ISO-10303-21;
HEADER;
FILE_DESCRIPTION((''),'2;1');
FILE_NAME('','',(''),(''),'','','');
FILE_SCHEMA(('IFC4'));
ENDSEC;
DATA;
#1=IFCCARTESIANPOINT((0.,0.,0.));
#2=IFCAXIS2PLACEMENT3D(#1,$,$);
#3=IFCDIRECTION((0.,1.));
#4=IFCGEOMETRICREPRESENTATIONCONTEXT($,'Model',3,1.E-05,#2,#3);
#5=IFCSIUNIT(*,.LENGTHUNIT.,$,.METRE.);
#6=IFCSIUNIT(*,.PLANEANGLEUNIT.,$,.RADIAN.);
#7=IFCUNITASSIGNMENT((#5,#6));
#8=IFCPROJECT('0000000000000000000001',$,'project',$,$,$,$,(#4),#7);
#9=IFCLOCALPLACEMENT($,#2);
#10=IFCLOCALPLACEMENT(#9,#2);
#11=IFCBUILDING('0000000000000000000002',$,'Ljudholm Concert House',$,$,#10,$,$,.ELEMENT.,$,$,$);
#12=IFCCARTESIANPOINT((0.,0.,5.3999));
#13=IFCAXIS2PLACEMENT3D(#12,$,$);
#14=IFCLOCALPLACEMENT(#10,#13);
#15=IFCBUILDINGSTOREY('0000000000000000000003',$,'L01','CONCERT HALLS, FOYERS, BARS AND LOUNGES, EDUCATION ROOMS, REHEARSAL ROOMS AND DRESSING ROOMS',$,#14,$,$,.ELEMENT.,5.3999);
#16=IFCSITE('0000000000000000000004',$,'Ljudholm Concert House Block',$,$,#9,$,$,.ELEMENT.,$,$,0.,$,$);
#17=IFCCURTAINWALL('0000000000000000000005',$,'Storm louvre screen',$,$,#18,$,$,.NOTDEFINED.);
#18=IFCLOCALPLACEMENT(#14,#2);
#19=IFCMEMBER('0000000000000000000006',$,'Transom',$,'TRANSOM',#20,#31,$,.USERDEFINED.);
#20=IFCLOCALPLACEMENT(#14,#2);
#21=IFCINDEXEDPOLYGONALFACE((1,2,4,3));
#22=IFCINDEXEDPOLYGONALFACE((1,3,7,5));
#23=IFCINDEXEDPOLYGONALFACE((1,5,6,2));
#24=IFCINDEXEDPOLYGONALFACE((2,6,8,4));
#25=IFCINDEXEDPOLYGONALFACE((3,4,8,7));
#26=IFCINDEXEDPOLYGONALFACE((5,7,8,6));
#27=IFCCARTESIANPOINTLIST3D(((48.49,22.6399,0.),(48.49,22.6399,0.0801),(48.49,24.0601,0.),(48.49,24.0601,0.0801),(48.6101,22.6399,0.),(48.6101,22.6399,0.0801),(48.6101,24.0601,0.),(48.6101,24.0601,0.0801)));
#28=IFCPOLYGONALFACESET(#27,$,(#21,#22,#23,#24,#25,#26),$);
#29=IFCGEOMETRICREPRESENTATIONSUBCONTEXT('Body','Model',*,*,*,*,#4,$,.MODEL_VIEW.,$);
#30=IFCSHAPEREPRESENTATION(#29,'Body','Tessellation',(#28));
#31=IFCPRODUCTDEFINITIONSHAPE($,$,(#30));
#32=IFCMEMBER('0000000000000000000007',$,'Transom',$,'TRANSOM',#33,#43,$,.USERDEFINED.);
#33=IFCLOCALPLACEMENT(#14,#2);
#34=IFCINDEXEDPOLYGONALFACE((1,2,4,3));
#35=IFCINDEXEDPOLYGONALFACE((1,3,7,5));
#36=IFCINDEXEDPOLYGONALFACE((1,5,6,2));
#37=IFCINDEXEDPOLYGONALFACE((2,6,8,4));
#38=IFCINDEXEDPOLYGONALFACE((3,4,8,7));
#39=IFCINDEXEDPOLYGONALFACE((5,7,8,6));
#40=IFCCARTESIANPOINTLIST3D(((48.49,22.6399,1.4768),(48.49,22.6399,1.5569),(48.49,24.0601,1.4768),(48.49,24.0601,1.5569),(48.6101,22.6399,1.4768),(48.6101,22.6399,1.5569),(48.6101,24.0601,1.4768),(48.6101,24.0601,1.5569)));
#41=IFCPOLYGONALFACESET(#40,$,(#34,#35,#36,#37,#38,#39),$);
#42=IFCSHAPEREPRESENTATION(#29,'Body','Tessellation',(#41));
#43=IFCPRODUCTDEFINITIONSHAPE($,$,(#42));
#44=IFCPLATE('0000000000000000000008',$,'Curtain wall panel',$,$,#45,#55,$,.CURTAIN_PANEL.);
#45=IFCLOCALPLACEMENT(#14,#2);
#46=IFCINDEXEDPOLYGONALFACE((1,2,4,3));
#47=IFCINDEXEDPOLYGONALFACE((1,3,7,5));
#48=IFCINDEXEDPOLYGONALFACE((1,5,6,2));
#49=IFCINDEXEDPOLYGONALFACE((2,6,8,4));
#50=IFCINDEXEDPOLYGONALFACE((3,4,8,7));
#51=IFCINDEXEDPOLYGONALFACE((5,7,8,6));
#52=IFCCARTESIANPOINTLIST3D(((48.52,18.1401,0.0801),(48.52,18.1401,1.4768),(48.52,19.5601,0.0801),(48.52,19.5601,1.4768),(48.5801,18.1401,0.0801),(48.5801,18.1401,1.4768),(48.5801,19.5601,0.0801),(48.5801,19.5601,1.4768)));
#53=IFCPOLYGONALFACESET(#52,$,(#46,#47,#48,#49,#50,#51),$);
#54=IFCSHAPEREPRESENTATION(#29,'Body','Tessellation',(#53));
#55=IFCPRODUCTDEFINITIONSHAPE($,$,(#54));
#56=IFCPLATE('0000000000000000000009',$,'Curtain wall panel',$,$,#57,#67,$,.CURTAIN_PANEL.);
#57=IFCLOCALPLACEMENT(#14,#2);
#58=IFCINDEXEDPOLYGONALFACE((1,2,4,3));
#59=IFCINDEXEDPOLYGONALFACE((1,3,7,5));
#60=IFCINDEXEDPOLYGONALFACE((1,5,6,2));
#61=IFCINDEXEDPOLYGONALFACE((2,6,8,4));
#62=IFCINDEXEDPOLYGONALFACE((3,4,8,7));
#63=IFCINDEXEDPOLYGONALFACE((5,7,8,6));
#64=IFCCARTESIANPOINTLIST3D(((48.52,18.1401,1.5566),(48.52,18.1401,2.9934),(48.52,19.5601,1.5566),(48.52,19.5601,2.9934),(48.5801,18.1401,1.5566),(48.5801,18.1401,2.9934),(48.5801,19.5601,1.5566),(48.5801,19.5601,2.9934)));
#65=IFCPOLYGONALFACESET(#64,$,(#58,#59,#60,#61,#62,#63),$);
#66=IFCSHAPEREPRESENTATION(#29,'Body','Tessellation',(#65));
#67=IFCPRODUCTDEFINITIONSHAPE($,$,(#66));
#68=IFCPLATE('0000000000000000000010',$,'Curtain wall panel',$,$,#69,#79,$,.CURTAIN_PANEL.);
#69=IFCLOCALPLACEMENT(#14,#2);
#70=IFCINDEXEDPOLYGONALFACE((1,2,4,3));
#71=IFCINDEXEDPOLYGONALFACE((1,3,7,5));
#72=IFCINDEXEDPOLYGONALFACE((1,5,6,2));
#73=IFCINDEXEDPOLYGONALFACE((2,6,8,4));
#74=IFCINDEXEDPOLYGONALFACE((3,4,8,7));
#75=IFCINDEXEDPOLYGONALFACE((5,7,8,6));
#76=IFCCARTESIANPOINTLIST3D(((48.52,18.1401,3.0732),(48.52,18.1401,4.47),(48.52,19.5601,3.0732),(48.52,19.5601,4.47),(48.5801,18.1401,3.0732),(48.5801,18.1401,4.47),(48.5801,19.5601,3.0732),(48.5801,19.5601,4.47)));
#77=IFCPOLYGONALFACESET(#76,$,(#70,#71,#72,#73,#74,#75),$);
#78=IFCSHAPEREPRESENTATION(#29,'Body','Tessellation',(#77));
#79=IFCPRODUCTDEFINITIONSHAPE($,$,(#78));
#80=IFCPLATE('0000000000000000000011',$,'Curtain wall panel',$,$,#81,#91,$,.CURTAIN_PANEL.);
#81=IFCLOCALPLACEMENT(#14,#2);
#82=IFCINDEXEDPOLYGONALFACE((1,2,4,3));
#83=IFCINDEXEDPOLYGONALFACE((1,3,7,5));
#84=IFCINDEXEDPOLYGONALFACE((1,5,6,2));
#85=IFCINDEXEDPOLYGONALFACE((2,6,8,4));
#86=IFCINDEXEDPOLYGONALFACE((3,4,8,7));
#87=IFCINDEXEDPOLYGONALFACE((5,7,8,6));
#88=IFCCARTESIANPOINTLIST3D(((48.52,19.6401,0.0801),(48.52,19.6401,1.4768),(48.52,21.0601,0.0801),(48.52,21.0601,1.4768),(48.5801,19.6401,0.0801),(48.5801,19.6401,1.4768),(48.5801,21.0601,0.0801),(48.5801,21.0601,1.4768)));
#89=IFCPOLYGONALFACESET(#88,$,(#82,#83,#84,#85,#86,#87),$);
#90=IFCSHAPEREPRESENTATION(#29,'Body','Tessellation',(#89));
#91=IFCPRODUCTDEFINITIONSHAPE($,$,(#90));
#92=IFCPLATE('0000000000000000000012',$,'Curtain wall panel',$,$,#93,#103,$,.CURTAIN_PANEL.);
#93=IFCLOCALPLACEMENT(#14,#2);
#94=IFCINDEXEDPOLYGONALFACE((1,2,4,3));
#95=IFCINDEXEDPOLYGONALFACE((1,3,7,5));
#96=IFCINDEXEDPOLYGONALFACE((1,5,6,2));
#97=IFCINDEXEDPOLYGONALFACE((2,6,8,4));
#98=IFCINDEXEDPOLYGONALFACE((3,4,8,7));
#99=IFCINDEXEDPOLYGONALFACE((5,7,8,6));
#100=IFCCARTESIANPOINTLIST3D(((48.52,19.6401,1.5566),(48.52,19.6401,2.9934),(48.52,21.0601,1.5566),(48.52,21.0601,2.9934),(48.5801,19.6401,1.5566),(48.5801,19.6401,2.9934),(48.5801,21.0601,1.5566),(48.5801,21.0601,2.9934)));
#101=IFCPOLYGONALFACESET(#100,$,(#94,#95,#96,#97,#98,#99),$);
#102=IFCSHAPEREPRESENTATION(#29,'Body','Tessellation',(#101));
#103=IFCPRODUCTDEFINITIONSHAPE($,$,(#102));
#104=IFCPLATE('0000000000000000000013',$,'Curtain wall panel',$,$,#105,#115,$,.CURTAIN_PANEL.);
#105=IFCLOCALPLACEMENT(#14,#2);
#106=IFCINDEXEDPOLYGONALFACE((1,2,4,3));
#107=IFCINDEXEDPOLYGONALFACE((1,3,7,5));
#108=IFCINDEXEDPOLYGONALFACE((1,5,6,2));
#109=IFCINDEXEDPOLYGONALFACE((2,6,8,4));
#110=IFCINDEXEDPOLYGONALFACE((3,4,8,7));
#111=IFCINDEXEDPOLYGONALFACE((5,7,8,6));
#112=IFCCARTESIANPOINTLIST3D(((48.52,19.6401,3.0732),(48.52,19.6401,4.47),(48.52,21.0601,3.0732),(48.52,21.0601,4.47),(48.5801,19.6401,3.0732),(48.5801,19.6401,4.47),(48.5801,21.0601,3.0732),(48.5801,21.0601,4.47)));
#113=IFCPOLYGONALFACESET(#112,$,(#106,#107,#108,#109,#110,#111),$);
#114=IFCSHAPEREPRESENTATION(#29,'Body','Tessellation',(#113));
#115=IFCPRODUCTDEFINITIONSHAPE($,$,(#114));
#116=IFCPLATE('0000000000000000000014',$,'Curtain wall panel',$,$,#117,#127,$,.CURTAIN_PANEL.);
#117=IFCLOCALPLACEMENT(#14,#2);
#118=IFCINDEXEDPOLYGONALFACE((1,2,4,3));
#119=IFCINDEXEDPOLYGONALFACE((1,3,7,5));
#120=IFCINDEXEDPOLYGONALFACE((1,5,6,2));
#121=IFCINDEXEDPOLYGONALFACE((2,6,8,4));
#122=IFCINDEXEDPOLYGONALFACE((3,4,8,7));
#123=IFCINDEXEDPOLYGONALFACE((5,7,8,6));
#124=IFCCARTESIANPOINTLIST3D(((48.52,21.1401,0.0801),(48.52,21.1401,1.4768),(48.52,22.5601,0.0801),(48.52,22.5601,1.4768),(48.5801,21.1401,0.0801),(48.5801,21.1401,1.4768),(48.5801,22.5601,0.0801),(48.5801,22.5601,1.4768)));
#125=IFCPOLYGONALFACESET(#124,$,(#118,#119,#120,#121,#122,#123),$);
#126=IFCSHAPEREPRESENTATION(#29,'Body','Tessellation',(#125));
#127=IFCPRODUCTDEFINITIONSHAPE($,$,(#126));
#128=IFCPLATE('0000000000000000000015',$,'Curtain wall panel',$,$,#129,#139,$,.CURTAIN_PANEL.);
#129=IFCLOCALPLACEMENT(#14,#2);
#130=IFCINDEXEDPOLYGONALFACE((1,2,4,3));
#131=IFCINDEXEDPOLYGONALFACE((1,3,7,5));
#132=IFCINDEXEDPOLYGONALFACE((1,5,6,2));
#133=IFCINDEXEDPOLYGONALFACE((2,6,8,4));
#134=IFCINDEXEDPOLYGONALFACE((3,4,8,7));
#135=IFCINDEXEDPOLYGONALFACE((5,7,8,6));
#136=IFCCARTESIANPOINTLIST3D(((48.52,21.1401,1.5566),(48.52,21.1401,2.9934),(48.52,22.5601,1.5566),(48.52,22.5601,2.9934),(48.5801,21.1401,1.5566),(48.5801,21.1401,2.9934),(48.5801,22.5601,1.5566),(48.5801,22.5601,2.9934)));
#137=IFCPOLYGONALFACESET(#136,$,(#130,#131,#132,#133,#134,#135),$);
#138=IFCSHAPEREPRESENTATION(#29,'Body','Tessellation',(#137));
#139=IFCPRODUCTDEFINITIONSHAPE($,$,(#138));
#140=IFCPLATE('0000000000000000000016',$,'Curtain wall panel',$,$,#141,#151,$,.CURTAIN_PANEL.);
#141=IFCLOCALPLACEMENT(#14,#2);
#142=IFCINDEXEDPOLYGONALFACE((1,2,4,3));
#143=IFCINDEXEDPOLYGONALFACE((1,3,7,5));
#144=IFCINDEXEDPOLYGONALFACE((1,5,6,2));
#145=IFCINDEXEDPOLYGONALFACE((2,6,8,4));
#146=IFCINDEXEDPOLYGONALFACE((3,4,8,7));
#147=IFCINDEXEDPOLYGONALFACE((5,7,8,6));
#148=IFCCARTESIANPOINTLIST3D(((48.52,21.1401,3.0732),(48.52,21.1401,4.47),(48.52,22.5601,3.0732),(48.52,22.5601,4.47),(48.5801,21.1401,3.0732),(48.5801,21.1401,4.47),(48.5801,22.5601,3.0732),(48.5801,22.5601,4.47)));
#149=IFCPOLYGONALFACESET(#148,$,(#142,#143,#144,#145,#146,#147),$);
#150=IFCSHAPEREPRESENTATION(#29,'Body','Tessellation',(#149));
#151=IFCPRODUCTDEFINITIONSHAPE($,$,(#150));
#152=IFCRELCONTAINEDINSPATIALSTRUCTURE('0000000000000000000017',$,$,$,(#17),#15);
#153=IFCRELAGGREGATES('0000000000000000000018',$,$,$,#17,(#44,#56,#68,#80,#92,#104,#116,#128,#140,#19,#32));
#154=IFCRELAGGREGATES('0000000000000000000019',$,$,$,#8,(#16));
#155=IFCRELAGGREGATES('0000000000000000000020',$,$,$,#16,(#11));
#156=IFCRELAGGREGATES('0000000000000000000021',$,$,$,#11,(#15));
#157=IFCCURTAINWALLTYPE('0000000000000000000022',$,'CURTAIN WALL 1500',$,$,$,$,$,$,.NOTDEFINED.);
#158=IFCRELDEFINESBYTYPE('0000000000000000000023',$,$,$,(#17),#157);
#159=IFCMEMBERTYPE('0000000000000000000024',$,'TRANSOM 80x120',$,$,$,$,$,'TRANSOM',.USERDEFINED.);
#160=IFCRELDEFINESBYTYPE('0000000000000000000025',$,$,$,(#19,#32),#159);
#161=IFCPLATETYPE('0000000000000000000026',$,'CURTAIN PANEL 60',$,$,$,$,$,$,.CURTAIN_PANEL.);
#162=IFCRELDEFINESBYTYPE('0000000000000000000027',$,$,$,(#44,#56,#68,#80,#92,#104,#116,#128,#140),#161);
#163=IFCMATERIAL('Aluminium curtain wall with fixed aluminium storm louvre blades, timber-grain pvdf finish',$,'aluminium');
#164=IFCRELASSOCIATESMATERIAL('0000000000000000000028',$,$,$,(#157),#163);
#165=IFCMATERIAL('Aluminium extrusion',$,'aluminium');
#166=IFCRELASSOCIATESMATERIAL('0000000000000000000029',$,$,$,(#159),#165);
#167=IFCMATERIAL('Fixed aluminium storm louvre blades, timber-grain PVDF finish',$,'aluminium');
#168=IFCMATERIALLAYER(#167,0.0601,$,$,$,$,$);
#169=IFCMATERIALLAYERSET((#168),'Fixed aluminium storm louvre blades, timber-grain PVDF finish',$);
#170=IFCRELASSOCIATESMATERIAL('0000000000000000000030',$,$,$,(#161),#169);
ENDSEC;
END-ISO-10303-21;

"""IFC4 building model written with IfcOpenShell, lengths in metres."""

from ifc_helpers import new_model, si_unit, direction, frame, origin, origin_2d, place, context, subcontext, project, spatial, rectangle, extrude, material, layer, layer_set, material_profile, profile_set, type_object, element, aggregate, save


model = new_model("IFC4")

# Units and contexts
model_context = context("Model", 3, precision=1e-05, world=origin(), true_north=direction((0.0, 1.0)))
body_context = subcontext(model_context, "Body", "Model", "MODEL_VIEW")
ifc_project = project(units=[si_unit("LENGTHUNIT", "METRE"), si_unit("PLANEANGLEUNIT", "RADIAN")], contexts=[model_context])

# Site, building, storey
site_placement = place(None, origin())
site = spatial("IfcSite", under=ifc_project, at=site_placement, Name="Ljudholm Concert House Block", CompositionType="ELEMENT", RefElevation=0.0)
building_placement = place(site_placement, origin())
building = spatial("IfcBuilding", under=site, at=building_placement, Name="Ljudholm Concert House", CompositionType="ELEMENT")
storey_placement = place(building_placement, frame((0.0, 0.0, 5.3999)))
storey = spatial("IfcBuildingStorey", under=building, at=storey_placement, Name="L01", Description="CONCERT HALLS, FOYERS, BARS AND LOUNGES, EDUCATION ROOMS, REHEARSAL ROOMS AND DRESSING ROOMS", CompositionType="ELEMENT", Elevation=5.3999)

# Curtain wall, members, plates
ifc_material_1 = material(Name="Aluminium curtain wall with fixed aluminium storm louvre blades, timber-grain pvdf finish", Category="aluminium")
curtain_wall_type = type_object("IfcCurtainWallType", Name="CURTAIN WALL 1500", PredefinedType="NOTDEFINED", material=ifc_material_1)
curtain_wall_placement = place(storey_placement, origin())
curtain_wall = element("IfcCurtainWall", 1, at=curtain_wall_placement, inside=storey, type_object=curtain_wall_type, Name="Storm louvre screen", PredefinedType="NOTDEFINED")
ifc_material_2 = material(Name="Aluminium extrusion", Category="aluminium")
ifc_material_profile_1 = material_profile(ifc_material_2, rectangle(XDim=0.1201, YDim=0.0801, at=origin_2d()), Name="TRANSOM 80x120")
ifc_profile_set_1 = profile_set([ifc_material_profile_1], Name="Aluminium extrusion")
member_type_1 = type_object("IfcMemberType", Name="TRANSOM 80x120", ElementType="TRANSOM", PredefinedType="USERDEFINED", material=ifc_profile_set_1)
member_1_placement = place(storey_placement, frame((48.55, 22.6399, 0.04), z_axis=(0.0, 1.0, 0.0), x_axis=(-1.0, 0.0, 0.0)))
member_1 = element("IfcMember", 2, at=member_1_placement, type_object=member_type_1, Name="Transom", ObjectType="TRANSOM", PredefinedType="USERDEFINED", context=body_context, shape_type="SweptSolid", body=[
    extrude(rectangle(XDim=0.1201, YDim=0.0801, at=origin_2d()), origin(), (0.0, 0.0, 1.0), 1.4202),
])
member_2_placement = place(storey_placement, frame((48.55, 22.6399, 1.5168), z_axis=(0.0, 1.0, 0.0), x_axis=(-1.0, 0.0, 0.0)))
member_2 = element("IfcMember", 3, at=member_2_placement, type_object=member_type_1, Name="Transom", ObjectType="TRANSOM", PredefinedType="USERDEFINED", context=body_context, shape_type="SweptSolid", body=[
    extrude(rectangle(XDim=0.1201, YDim=0.0801, at=origin_2d()), origin(), (0.0, 0.0, 1.0), 1.4202),
])
ifc_material_3 = material(Name="Fixed aluminium storm louvre blades, timber-grain PVDF finish", Category="aluminium")
ifc_layer = layer(ifc_material_3, 0.0601)
ifc_layer_set = layer_set([ifc_layer], Name="Fixed aluminium storm louvre blades, timber-grain PVDF finish")
plate_type = type_object("IfcPlateType", Name="CURTAIN PANEL 60", PredefinedType="CURTAIN_PANEL", material=ifc_layer_set)
plate_1_placement = place(storey_placement, frame((48.55, 18.8501, 0.0801), z_axis=(0.0, 0.0, 1.0), x_axis=(0.0, 1.0, 0.0)))
plate_1 = element("IfcPlate", 4, at=plate_1_placement, type_object=plate_type, Name="Curtain wall panel", PredefinedType="CURTAIN_PANEL", context=body_context, shape_type="SweptSolid", body=[
    extrude(rectangle(XDim=1.4199, YDim=0.0601, at=origin_2d()), origin(), (0.0, 0.0, 1.0), 1.3967),
])
plate_2_placement = place(storey_placement, frame((48.55, 18.8501, 1.5566), z_axis=(0.0, 0.0, 1.0), x_axis=(0.0, 1.0, 0.0)))
plate_2 = element("IfcPlate", 5, at=plate_2_placement, type_object=plate_type, Name="Curtain wall panel", PredefinedType="CURTAIN_PANEL", context=body_context, shape_type="SweptSolid", body=[
    extrude(rectangle(XDim=1.4199, YDim=0.0601, at=origin_2d()), origin(), (0.0, 0.0, 1.0), 1.4368),
])
plate_3_placement = place(storey_placement, frame((48.55, 18.8501, 3.0732), z_axis=(0.0, 0.0, 1.0), x_axis=(0.0, 1.0, 0.0)))
plate_3 = element("IfcPlate", 6, at=plate_3_placement, type_object=plate_type, Name="Curtain wall panel", PredefinedType="CURTAIN_PANEL", context=body_context, shape_type="SweptSolid", body=[
    extrude(rectangle(XDim=1.4199, YDim=0.0601, at=origin_2d()), origin(), (0.0, 0.0, 1.0), 1.3967),
])
plate_4_placement = place(storey_placement, frame((48.55, 20.3501, 0.0801), z_axis=(0.0, 0.0, 1.0), x_axis=(0.0, 1.0, 0.0)))
plate_4 = element("IfcPlate", 7, at=plate_4_placement, type_object=plate_type, Name="Curtain wall panel", PredefinedType="CURTAIN_PANEL", context=body_context, shape_type="SweptSolid", body=[
    extrude(rectangle(XDim=1.4199, YDim=0.0601, at=origin_2d()), origin(), (0.0, 0.0, 1.0), 1.3967),
])
plate_5_placement = place(storey_placement, frame((48.55, 20.3501, 1.5566), z_axis=(0.0, 0.0, 1.0), x_axis=(0.0, 1.0, 0.0)))
plate_5 = element("IfcPlate", 8, at=plate_5_placement, type_object=plate_type, Name="Curtain wall panel", PredefinedType="CURTAIN_PANEL", context=body_context, shape_type="SweptSolid", body=[
    extrude(rectangle(XDim=1.4199, YDim=0.0601, at=origin_2d()), origin(), (0.0, 0.0, 1.0), 1.4368),
])
plate_6_placement = place(storey_placement, frame((48.55, 20.3501, 3.0732), z_axis=(0.0, 0.0, 1.0), x_axis=(0.0, 1.0, 0.0)))
plate_6 = element("IfcPlate", 9, at=plate_6_placement, type_object=plate_type, Name="Curtain wall panel", PredefinedType="CURTAIN_PANEL", context=body_context, shape_type="SweptSolid", body=[
    extrude(rectangle(XDim=1.4199, YDim=0.0601, at=origin_2d()), origin(), (0.0, 0.0, 1.0), 1.3967),
])
plate_7_placement = place(storey_placement, frame((48.55, 21.8501, 0.0801), z_axis=(0.0, 0.0, 1.0), x_axis=(0.0, 1.0, 0.0)))
plate_7 = element("IfcPlate", 10, at=plate_7_placement, type_object=plate_type, Name="Curtain wall panel", PredefinedType="CURTAIN_PANEL", context=body_context, shape_type="SweptSolid", body=[
    extrude(rectangle(XDim=1.4199, YDim=0.0601, at=origin_2d()), origin(), (0.0, 0.0, 1.0), 1.3967),
])
plate_8_placement = place(storey_placement, frame((48.55, 21.8501, 1.5566), z_axis=(0.0, 0.0, 1.0), x_axis=(0.0, 1.0, 0.0)))
plate_8 = element("IfcPlate", 11, at=plate_8_placement, type_object=plate_type, Name="Curtain wall panel", PredefinedType="CURTAIN_PANEL", context=body_context, shape_type="SweptSolid", body=[
    extrude(rectangle(XDim=1.4199, YDim=0.0601, at=origin_2d()), origin(), (0.0, 0.0, 1.0), 1.4368),
])
plate_9_placement = place(storey_placement, frame((48.55, 21.8501, 3.0732), z_axis=(0.0, 0.0, 1.0), x_axis=(0.0, 1.0, 0.0)))
plate_9 = element("IfcPlate", 12, at=plate_9_placement, type_object=plate_type, Name="Curtain wall panel", PredefinedType="CURTAIN_PANEL", context=body_context, shape_type="SweptSolid", body=[
    extrude(rectangle(XDim=1.4199, YDim=0.0601, at=origin_2d()), origin(), (0.0, 0.0, 1.0), 1.3967),
])
aggregate(curtain_wall, [plate_1, plate_2, plate_3, plate_4, plate_5, plate_6, plate_7, plate_8, plate_9, member_1, member_2])

save(model, "model.ifc")
